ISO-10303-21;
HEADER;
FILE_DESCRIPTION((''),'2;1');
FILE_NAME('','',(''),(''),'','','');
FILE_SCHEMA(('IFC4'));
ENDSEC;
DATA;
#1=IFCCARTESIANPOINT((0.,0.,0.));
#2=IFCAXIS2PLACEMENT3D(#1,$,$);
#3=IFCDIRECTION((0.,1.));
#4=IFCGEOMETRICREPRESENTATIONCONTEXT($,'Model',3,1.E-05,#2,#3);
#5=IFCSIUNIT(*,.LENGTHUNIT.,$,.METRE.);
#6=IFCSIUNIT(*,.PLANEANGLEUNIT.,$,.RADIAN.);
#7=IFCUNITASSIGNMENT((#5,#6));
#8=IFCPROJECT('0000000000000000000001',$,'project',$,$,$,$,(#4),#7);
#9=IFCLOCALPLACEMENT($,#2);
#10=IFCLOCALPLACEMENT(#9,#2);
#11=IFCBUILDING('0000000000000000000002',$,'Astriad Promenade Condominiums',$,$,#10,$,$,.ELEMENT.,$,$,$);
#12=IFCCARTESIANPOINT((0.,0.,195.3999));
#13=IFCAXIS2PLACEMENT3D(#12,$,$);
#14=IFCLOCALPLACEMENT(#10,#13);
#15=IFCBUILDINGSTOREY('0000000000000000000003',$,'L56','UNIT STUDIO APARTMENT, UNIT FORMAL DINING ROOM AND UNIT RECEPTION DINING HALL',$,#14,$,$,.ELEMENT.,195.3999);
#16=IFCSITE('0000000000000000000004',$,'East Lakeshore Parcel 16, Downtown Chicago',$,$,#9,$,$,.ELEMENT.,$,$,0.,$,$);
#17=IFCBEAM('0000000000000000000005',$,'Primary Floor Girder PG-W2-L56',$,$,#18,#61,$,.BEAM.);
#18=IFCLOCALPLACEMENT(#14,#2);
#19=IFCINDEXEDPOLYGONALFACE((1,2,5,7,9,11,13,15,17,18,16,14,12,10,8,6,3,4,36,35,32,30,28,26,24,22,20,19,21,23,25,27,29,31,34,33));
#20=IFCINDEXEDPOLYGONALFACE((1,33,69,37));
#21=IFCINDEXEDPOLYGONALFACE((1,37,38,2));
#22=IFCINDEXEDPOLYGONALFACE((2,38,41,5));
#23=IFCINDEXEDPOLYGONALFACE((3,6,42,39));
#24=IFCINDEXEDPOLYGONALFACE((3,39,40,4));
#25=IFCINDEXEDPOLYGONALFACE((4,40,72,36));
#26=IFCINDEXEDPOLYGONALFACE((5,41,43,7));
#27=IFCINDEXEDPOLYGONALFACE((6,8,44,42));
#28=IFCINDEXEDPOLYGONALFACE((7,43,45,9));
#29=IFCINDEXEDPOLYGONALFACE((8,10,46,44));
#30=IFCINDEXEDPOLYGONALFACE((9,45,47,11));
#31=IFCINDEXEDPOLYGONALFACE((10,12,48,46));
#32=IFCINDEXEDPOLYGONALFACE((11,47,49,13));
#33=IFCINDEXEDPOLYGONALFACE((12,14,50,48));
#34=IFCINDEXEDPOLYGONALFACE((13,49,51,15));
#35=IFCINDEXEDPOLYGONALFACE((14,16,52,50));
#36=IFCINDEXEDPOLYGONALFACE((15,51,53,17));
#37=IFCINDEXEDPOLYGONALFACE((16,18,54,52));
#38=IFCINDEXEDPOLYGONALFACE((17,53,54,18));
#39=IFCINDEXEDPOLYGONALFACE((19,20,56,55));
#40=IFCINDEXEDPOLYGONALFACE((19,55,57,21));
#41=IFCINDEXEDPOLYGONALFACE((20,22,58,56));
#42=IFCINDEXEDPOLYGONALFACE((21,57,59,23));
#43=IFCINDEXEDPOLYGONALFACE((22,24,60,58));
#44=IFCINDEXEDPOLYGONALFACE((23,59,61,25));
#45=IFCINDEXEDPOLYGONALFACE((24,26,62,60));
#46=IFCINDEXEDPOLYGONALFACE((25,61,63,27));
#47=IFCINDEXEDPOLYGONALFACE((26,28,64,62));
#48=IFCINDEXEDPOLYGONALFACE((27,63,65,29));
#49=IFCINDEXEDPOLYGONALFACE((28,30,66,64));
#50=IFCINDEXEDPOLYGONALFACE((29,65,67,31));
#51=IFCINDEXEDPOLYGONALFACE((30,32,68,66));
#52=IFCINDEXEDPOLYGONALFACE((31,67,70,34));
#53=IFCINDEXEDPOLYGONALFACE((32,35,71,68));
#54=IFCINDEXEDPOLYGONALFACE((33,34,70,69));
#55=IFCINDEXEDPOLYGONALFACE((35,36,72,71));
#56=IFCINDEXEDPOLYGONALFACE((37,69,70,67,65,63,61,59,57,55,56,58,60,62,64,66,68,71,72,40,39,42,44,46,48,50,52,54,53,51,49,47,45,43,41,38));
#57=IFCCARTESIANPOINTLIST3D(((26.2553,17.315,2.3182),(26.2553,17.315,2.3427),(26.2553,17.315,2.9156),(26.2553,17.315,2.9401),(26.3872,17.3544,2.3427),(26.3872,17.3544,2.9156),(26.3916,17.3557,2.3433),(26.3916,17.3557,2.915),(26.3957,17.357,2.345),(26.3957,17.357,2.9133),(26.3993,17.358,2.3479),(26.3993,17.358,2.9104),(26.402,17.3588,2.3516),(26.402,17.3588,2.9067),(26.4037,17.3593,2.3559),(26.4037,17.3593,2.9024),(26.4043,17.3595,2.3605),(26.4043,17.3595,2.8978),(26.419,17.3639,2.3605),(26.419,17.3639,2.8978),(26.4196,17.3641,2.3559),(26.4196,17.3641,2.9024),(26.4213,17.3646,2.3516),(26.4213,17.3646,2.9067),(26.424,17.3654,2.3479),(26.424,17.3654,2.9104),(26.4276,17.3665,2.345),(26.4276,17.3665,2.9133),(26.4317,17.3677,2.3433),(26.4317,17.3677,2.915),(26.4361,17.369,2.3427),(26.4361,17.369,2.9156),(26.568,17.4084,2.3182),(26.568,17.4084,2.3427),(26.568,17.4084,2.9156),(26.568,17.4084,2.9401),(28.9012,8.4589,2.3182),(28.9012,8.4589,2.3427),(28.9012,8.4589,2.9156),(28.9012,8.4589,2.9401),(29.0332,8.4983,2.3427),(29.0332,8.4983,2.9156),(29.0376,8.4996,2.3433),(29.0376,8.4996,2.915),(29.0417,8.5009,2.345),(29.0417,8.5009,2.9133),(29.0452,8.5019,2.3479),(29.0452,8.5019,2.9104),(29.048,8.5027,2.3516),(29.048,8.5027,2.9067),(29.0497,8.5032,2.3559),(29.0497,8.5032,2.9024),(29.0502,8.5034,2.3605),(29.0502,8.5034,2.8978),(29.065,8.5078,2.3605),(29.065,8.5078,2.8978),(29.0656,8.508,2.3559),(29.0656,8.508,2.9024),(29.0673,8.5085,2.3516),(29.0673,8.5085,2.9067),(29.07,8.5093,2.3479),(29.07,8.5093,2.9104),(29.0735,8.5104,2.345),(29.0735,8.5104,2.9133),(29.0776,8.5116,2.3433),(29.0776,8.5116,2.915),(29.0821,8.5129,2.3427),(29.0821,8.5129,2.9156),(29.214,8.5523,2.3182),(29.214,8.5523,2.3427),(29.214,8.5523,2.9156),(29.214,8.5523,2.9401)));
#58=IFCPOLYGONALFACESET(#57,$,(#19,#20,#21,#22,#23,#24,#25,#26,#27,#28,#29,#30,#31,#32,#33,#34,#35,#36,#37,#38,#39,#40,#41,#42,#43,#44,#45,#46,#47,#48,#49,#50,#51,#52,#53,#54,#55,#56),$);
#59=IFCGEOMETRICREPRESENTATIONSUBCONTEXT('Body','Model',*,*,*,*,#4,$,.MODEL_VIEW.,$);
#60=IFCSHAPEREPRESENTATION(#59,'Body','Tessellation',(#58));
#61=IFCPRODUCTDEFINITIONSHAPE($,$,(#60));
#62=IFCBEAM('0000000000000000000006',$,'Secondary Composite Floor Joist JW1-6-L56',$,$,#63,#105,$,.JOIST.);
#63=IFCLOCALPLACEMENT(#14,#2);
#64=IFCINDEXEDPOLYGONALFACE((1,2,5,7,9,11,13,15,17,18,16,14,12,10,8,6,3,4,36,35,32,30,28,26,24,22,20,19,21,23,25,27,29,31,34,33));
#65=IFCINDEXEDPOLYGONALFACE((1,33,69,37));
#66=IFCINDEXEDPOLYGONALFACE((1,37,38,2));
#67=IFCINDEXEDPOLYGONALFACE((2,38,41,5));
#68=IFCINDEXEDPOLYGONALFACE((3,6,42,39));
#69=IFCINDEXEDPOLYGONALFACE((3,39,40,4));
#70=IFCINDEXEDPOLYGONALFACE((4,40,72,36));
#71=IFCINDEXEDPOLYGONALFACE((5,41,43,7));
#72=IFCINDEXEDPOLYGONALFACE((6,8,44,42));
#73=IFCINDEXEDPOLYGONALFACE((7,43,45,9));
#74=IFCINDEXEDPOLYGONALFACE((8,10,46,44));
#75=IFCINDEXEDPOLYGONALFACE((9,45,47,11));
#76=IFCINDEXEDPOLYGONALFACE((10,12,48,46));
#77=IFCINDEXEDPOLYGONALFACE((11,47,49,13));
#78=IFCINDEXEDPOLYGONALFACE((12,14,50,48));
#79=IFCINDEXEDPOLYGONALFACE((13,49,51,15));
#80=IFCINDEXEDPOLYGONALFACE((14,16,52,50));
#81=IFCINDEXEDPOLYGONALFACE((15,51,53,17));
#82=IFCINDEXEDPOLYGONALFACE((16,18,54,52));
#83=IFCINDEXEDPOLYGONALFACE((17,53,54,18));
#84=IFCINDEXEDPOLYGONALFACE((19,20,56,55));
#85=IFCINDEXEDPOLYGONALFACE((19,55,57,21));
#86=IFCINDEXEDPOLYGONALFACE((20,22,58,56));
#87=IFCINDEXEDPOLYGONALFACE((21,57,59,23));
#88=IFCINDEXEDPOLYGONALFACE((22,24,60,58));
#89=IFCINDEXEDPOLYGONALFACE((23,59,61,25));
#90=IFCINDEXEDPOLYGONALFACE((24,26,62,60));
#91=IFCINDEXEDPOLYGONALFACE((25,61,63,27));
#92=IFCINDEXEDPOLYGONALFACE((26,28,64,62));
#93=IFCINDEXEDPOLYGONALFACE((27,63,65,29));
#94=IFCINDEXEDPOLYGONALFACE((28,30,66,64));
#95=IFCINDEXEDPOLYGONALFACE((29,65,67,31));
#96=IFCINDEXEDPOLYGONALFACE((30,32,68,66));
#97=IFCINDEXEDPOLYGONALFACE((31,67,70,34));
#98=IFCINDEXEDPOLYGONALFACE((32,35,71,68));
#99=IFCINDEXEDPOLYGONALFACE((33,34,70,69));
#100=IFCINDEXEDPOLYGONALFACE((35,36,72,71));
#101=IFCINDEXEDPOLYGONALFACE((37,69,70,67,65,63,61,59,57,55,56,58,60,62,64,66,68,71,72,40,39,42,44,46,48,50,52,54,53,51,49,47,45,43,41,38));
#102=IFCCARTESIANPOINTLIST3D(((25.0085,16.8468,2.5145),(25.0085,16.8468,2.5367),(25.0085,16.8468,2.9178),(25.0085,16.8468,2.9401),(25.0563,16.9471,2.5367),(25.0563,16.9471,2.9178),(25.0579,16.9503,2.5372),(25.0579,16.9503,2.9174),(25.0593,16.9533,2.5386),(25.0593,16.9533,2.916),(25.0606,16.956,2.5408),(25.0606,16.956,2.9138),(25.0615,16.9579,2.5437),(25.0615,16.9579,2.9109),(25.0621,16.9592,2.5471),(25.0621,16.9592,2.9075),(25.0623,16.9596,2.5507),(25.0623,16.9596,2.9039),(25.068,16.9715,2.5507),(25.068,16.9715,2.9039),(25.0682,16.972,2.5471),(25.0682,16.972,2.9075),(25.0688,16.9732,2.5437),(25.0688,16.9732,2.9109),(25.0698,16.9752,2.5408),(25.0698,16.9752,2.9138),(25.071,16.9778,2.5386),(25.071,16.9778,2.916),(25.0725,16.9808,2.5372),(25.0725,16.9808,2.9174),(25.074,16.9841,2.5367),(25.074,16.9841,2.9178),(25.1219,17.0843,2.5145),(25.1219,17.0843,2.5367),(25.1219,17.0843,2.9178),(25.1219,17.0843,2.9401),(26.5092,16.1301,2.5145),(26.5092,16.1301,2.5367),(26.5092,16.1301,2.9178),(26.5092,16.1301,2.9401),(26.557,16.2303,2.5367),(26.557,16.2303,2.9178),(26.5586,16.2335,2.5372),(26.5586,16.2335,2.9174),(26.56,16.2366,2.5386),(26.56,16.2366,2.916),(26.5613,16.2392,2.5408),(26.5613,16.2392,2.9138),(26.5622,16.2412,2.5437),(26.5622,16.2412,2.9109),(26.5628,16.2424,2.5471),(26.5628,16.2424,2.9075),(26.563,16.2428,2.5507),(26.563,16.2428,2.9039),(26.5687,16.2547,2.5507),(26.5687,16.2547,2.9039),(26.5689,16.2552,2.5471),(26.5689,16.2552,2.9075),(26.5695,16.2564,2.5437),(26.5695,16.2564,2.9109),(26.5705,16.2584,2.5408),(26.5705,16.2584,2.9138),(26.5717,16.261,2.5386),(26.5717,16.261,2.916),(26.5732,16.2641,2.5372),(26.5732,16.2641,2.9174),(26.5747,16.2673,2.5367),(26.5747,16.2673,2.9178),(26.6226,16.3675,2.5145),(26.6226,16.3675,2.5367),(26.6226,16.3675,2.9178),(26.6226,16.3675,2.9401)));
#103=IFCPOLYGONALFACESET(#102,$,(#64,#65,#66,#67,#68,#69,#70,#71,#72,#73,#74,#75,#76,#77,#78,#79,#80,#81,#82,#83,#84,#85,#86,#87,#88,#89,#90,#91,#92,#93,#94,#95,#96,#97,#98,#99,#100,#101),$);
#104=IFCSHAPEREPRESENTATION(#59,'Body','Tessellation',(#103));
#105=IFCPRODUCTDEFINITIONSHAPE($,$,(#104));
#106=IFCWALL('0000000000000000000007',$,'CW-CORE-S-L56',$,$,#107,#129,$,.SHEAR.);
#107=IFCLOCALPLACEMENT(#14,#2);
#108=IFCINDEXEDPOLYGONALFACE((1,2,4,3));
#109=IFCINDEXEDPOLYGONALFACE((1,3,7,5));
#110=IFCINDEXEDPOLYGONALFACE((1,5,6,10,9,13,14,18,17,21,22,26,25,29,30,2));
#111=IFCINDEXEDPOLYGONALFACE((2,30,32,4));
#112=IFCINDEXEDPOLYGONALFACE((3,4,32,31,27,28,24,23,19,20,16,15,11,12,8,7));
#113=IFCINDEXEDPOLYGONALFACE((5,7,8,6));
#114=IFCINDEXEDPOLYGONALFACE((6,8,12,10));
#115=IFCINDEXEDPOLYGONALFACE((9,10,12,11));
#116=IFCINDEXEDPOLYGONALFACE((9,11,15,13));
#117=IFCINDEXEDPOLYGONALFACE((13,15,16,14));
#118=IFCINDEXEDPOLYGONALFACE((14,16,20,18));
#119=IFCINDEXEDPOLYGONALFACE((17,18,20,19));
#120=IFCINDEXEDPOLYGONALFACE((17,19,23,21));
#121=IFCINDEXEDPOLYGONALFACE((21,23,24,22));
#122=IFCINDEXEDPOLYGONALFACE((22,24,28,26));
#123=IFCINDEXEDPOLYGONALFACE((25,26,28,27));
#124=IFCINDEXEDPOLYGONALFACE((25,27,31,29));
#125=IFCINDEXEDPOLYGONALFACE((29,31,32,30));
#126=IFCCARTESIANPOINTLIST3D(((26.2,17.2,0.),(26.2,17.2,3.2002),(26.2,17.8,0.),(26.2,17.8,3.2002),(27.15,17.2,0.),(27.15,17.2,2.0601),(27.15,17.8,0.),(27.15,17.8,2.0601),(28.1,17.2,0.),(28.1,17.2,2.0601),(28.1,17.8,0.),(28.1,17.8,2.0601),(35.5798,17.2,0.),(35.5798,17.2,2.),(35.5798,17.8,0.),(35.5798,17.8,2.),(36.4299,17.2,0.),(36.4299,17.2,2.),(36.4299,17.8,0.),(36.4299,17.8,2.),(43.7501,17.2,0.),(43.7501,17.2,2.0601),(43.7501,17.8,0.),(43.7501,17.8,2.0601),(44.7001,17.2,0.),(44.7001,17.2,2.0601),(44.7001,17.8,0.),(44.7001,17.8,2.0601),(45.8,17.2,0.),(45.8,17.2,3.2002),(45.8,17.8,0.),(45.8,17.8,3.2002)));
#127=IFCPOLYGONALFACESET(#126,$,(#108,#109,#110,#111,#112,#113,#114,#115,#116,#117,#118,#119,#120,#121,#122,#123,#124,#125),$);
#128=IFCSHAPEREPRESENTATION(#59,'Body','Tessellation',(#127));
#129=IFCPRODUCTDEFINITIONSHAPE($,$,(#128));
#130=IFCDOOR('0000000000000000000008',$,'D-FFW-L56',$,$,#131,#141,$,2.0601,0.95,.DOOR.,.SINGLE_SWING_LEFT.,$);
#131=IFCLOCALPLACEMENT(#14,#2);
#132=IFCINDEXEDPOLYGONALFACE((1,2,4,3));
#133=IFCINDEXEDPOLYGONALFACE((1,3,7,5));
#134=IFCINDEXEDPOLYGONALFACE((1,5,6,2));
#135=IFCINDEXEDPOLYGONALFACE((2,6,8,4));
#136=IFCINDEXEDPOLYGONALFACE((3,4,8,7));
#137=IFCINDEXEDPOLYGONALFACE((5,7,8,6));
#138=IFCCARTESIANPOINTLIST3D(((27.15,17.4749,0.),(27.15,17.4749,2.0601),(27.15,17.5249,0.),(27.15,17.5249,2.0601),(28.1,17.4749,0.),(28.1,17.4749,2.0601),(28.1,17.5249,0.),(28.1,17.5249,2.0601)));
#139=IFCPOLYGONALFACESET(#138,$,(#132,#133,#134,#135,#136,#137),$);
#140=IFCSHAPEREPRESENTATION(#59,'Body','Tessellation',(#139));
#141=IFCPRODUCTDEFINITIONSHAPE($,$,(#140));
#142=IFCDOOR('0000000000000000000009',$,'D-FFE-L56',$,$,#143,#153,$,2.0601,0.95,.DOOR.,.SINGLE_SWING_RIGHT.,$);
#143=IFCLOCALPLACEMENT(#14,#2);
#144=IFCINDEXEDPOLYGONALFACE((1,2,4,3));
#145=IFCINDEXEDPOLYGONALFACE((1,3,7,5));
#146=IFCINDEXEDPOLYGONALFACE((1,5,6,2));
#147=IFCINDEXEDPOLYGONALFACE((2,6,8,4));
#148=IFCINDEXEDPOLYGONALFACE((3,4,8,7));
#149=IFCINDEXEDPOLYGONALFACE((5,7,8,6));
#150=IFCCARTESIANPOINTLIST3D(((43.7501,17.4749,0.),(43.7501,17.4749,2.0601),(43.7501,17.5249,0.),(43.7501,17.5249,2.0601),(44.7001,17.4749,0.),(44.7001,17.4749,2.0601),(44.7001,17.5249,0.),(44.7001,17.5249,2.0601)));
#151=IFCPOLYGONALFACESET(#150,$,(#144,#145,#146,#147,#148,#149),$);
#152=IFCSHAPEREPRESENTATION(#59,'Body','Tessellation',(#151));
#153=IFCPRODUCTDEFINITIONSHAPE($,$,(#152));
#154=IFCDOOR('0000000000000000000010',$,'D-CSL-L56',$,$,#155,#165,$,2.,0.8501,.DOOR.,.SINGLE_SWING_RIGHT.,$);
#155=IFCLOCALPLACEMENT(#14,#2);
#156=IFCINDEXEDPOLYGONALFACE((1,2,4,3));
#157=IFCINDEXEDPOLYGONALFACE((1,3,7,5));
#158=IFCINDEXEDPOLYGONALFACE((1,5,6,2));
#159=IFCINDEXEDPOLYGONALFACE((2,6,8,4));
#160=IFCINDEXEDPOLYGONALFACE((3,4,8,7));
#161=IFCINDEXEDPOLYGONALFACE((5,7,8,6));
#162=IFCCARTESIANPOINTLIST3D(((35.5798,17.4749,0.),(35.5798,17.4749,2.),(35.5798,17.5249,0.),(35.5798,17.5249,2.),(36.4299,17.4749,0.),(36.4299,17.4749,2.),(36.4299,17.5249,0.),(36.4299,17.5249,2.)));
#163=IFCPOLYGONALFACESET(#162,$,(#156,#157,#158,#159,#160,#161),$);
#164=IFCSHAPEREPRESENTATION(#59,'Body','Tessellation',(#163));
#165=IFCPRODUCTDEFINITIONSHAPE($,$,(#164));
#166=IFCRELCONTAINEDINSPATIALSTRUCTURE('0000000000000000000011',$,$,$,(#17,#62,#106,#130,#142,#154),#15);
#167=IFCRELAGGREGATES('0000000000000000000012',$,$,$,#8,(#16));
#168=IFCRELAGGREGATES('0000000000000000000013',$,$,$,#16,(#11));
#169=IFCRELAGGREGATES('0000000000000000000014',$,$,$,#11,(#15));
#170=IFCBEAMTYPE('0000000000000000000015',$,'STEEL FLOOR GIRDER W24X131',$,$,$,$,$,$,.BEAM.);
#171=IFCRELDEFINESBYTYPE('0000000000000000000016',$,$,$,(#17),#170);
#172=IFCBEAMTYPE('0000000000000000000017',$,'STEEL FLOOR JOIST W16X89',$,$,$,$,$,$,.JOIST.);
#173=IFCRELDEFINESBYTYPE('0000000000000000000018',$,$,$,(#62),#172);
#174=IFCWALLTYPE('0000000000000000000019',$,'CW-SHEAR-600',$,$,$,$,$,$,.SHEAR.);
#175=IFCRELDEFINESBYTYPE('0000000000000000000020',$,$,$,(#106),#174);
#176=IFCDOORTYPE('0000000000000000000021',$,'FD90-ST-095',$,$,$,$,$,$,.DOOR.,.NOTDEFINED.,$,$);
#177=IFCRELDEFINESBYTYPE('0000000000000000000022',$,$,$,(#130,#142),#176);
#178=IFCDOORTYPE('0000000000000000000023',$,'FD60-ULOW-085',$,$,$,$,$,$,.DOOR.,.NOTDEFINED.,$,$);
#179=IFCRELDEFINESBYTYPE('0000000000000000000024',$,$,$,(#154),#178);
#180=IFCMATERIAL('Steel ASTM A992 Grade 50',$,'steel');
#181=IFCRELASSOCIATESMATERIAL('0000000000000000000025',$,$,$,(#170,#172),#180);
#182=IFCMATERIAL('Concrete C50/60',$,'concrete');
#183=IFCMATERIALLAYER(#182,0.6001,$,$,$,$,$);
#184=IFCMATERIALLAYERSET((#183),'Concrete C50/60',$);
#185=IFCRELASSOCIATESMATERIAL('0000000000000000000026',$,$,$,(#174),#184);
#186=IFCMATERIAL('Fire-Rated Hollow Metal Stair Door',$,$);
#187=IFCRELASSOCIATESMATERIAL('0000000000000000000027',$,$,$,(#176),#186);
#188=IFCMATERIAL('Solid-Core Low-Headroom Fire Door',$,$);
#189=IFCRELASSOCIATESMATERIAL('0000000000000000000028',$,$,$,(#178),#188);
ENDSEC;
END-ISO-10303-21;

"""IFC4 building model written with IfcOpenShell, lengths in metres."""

from ifc_helpers import new_model, si_unit, direction, frame, frame_2d, origin, origin_2d, place, context, subcontext, project, spatial, rectangle, i_section, extrude, source, transform, mapped, material, layer, layer_set, material_profile, profile_set, type_object, type_shapes, element, fill, save


model = new_model("IFC4")

# Units and contexts
model_context = context("Model", 3, precision=1e-05, world=origin(), true_north=direction((0.0, 1.0)))
body_context = subcontext(model_context, "Body", "Model", "MODEL_VIEW")
ifc_project = project(units=[si_unit("LENGTHUNIT", "METRE"), si_unit("PLANEANGLEUNIT", "RADIAN")], contexts=[model_context])

# Site, building, storey
site_placement = place(None, origin())
site = spatial("IfcSite", under=ifc_project, at=site_placement, Name="East Lakeshore Parcel 16, Downtown Chicago", CompositionType="ELEMENT", RefElevation=0.0)
building_placement = place(site_placement, origin())
building = spatial("IfcBuilding", under=site, at=building_placement, Name="Astriad Promenade Condominiums", CompositionType="ELEMENT")
storey_placement = place(building_placement, frame((0.0, 0.0, 195.3999)))
storey = spatial("IfcBuildingStorey", under=building, at=storey_placement, Name="L56", Description="UNIT STUDIO APARTMENT, UNIT FORMAL DINING ROOM AND UNIT RECEPTION DINING HALL", CompositionType="ELEMENT", Elevation=195.3999)

# Shared definitions
ifc_material_1 = material(Name="Steel ASTM A992 Grade 50", Category="steel")
ifc_material_2 = material(Name="Concrete C50/60", Category="concrete")

# Beams
ifc_material_profile_1 = material_profile(ifc_material_1, i_section(OverallWidth=0.3264, OverallDepth=0.6218, WebThickness=0.0154, FlangeThickness=0.0244, FilletRadius=0.0178, at=origin_2d()), Name="W24X131")
ifc_profile_set_1 = profile_set([ifc_material_profile_1], Name="Steel ASTM A992 Grade 50")
beam_type_1 = type_object("IfcBeamType", Name="STEEL FLOOR GIRDER W24X131", PredefinedType="BEAM", material=ifc_profile_set_1)
shared_shape_1 = source(origin(), body_context, "Body", "SweptSolid", [
    extrude(i_section(OverallWidth=0.3264, OverallDepth=0.6218, WebThickness=0.0154, FlangeThickness=0.0244, FilletRadius=0.0178, at=origin_2d()), origin(), (0.0, 0.0, 1.0), 9.2429),
])
type_shapes(beam_type_1, [shared_shape_1])
beam_1_placement = place(storey_placement, frame((29.0576, 8.5056, 2.6292), z_axis=(-0.286269, 0.958149, 0.0), x_axis=(-0.958149, -0.286269, 0.0)))
element("IfcBeam", 1, at=beam_1_placement, inside=storey, type_object=beam_type_1, Name="Primary Floor Girder PG-W2-L56", PredefinedType="BEAM", context=body_context, shape_type="MappedRepresentation", body=[
    mapped(shared_shape_1, transform((0.0, 0.0, 0.0), scale=1.0)),
])
ifc_material_profile_2 = material_profile(ifc_material_1, i_section(OverallWidth=0.2632, OverallDepth=0.4255, WebThickness=0.0132, FlangeThickness=0.0222, FilletRadius=0.0139, at=origin_2d()), Name="W16X89")
ifc_profile_set_2 = profile_set([ifc_material_profile_2], Name="Steel ASTM A992 Grade 50")
beam_type_2 = type_object("IfcBeamType", Name="STEEL FLOOR JOIST W16X89", PredefinedType="JOIST", material=ifc_profile_set_2)
shared_shape_2 = source(origin(), body_context, "Body", "SweptSolid", [
    extrude(i_section(OverallWidth=0.2632, OverallDepth=0.4255, WebThickness=0.0132, FlangeThickness=0.0222, FilletRadius=0.0139, at=origin_2d()), origin(), (0.0, 0.0, 1.0), 1.6631),
])
type_shapes(beam_type_2, [shared_shape_2])
beam_2_placement = place(storey_placement, frame((25.0652, 16.9656, 2.7273), z_axis=(0.902355, -0.430993, 0.0), x_axis=(0.430993, 0.902355, 0.0)))
element("IfcBeam", 2, at=beam_2_placement, inside=storey, type_object=beam_type_2, Name="Secondary Composite Floor Joist JW1-6-L56", PredefinedType="JOIST", context=body_context, shape_type="MappedRepresentation", body=[
    mapped(shared_shape_2, transform((0.0, 0.0, 0.0), scale=1.0)),
])

# Wall, openings, doors
ifc_layer_1 = layer(ifc_material_2, 0.6001)
ifc_layer_set_1 = layer_set([ifc_layer_1], Name="Concrete C50/60")
wall_type_1 = type_object("IfcWallType", Name="CW-SHEAR-600", PredefinedType="SHEAR", material=ifc_layer_set_1)
wall_1_placement = place(storey_placement, frame((26.2, 17.5, 0.0), z_axis=(0.0, 0.0, 1.0), x_axis=(1.0, 0.0, 0.0)))
wall_1 = element("IfcWall", 3, at=wall_1_placement, inside=storey, type_object=wall_type_1, Name="CW-CORE-S-L56", PredefinedType="SHEAR", context=body_context, shape_type="SweptSolid", body=[
    extrude(rectangle(XDim=19.6001, YDim=0.6001, at=frame_2d((9.8, 0.0))), origin(), (0.0, 0.0, 1.0), 3.2002),
])
opening_1_placement = place(wall_1_placement, frame((0.95, 0.0, 0.0)))
opening_1 = element("IfcOpeningElement", 4, at=opening_1_placement, cuts=wall_1, PredefinedType="OPENING", context=body_context, shape_type="SweptSolid", body=[
    extrude(rectangle(XDim=0.95, YDim=2.0601, at=frame_2d((0.4751, 1.03))), frame((0.0, 0.3101, 0.0), z_axis=(0.0, -1.0, 0.0), x_axis=(1.0, 0.0, 0.0)), (0.0, 0.0, 1.0), 0.6201),
])
opening_2_placement = place(wall_1_placement, frame((9.3799, 0.0, 0.0)))
opening_2 = element("IfcOpeningElement", 5, at=opening_2_placement, cuts=wall_1, PredefinedType="OPENING", context=body_context, shape_type="SweptSolid", body=[
    extrude(rectangle(XDim=0.8501, YDim=2.0, at=frame_2d((0.425, 1.0))), frame((0.0, 0.3101, 0.0), z_axis=(0.0, -1.0, 0.0), x_axis=(1.0, 0.0, 0.0)), (0.0, 0.0, 1.0), 0.6201),
])
opening_3_placement = place(wall_1_placement, frame((17.55, 0.0, 0.0)))
opening_3 = element("IfcOpeningElement", 6, at=opening_3_placement, cuts=wall_1, PredefinedType="OPENING", context=body_context, shape_type="SweptSolid", body=[
    extrude(rectangle(XDim=0.95, YDim=2.0601, at=frame_2d((0.4751, 1.03))), frame((0.0, 0.3101, 0.0), z_axis=(0.0, -1.0, 0.0), x_axis=(1.0, 0.0, 0.0)), (0.0, 0.0, 1.0), 0.6201),
])
ifc_material_3 = material(Name="Fire-Rated Hollow Metal Stair Door")
door_type_1 = type_object("IfcDoorType", Name="FD90-ST-095", OperationType="NOTDEFINED", PredefinedType="DOOR", material=ifc_material_3)
shared_shape_3 = source(origin(), body_context, "Body", "SweptSolid", [
    extrude(rectangle(XDim=0.95, YDim=2.0601, at=frame_2d((0.4751, 1.03))), frame((0.0, 0.0249, 0.0), z_axis=(0.0, -1.0, 0.0), x_axis=(1.0, 0.0, 0.0)), (0.0, 0.0, 1.0), 0.05),
])
type_shapes(door_type_1, [shared_shape_3])
door_1_placement = place(opening_1_placement, origin())
door_1 = element("IfcDoor", 7, at=door_1_placement, inside=storey, type_object=door_type_1, Name="D-FFW-L56", OperationType="SINGLE_SWING_LEFT", OverallHeight=2.0601, OverallWidth=0.95, PredefinedType="DOOR", context=body_context, shape_type="MappedRepresentation", body=[
    mapped(shared_shape_3, transform((0.0, 0.0, 0.0), scale=1.0)),
])
fill(opening_1, door_1)
door_2_placement = place(opening_3_placement, origin())
door_2 = element("IfcDoor", 8, at=door_2_placement, inside=storey, type_object=door_type_1, Name="D-FFE-L56", OperationType="SINGLE_SWING_RIGHT", OverallHeight=2.0601, OverallWidth=0.95, PredefinedType="DOOR", context=body_context, shape_type="MappedRepresentation", body=[
    mapped(shared_shape_3, transform((0.0, 0.0, 0.0), scale=1.0)),
])
fill(opening_3, door_2)
ifc_material_4 = material(Name="Solid-Core Low-Headroom Fire Door")
door_type_2 = type_object("IfcDoorType", Name="FD60-ULOW-085", OperationType="NOTDEFINED", PredefinedType="DOOR", material=ifc_material_4)
shared_shape_4 = source(origin(), body_context, "Body", "SweptSolid", [
    extrude(rectangle(XDim=0.8501, YDim=2.0, at=frame_2d((0.425, 1.0))), frame((0.0, 0.0249, 0.0), z_axis=(0.0, -1.0, 0.0), x_axis=(1.0, 0.0, 0.0)), (0.0, 0.0, 1.0), 0.05),
])
type_shapes(door_type_2, [shared_shape_4])
door_3_placement = place(opening_2_placement, origin())
door_3 = element("IfcDoor", 9, at=door_3_placement, inside=storey, type_object=door_type_2, Name="D-CSL-L56", OperationType="SINGLE_SWING_RIGHT", OverallHeight=2.0, OverallWidth=0.8501, PredefinedType="DOOR", context=body_context, shape_type="MappedRepresentation", body=[
    mapped(shared_shape_4, transform((0.0, 0.0, 0.0), scale=1.0)),
])
fill(opening_2, door_3)

save(model, "model.ifc")
